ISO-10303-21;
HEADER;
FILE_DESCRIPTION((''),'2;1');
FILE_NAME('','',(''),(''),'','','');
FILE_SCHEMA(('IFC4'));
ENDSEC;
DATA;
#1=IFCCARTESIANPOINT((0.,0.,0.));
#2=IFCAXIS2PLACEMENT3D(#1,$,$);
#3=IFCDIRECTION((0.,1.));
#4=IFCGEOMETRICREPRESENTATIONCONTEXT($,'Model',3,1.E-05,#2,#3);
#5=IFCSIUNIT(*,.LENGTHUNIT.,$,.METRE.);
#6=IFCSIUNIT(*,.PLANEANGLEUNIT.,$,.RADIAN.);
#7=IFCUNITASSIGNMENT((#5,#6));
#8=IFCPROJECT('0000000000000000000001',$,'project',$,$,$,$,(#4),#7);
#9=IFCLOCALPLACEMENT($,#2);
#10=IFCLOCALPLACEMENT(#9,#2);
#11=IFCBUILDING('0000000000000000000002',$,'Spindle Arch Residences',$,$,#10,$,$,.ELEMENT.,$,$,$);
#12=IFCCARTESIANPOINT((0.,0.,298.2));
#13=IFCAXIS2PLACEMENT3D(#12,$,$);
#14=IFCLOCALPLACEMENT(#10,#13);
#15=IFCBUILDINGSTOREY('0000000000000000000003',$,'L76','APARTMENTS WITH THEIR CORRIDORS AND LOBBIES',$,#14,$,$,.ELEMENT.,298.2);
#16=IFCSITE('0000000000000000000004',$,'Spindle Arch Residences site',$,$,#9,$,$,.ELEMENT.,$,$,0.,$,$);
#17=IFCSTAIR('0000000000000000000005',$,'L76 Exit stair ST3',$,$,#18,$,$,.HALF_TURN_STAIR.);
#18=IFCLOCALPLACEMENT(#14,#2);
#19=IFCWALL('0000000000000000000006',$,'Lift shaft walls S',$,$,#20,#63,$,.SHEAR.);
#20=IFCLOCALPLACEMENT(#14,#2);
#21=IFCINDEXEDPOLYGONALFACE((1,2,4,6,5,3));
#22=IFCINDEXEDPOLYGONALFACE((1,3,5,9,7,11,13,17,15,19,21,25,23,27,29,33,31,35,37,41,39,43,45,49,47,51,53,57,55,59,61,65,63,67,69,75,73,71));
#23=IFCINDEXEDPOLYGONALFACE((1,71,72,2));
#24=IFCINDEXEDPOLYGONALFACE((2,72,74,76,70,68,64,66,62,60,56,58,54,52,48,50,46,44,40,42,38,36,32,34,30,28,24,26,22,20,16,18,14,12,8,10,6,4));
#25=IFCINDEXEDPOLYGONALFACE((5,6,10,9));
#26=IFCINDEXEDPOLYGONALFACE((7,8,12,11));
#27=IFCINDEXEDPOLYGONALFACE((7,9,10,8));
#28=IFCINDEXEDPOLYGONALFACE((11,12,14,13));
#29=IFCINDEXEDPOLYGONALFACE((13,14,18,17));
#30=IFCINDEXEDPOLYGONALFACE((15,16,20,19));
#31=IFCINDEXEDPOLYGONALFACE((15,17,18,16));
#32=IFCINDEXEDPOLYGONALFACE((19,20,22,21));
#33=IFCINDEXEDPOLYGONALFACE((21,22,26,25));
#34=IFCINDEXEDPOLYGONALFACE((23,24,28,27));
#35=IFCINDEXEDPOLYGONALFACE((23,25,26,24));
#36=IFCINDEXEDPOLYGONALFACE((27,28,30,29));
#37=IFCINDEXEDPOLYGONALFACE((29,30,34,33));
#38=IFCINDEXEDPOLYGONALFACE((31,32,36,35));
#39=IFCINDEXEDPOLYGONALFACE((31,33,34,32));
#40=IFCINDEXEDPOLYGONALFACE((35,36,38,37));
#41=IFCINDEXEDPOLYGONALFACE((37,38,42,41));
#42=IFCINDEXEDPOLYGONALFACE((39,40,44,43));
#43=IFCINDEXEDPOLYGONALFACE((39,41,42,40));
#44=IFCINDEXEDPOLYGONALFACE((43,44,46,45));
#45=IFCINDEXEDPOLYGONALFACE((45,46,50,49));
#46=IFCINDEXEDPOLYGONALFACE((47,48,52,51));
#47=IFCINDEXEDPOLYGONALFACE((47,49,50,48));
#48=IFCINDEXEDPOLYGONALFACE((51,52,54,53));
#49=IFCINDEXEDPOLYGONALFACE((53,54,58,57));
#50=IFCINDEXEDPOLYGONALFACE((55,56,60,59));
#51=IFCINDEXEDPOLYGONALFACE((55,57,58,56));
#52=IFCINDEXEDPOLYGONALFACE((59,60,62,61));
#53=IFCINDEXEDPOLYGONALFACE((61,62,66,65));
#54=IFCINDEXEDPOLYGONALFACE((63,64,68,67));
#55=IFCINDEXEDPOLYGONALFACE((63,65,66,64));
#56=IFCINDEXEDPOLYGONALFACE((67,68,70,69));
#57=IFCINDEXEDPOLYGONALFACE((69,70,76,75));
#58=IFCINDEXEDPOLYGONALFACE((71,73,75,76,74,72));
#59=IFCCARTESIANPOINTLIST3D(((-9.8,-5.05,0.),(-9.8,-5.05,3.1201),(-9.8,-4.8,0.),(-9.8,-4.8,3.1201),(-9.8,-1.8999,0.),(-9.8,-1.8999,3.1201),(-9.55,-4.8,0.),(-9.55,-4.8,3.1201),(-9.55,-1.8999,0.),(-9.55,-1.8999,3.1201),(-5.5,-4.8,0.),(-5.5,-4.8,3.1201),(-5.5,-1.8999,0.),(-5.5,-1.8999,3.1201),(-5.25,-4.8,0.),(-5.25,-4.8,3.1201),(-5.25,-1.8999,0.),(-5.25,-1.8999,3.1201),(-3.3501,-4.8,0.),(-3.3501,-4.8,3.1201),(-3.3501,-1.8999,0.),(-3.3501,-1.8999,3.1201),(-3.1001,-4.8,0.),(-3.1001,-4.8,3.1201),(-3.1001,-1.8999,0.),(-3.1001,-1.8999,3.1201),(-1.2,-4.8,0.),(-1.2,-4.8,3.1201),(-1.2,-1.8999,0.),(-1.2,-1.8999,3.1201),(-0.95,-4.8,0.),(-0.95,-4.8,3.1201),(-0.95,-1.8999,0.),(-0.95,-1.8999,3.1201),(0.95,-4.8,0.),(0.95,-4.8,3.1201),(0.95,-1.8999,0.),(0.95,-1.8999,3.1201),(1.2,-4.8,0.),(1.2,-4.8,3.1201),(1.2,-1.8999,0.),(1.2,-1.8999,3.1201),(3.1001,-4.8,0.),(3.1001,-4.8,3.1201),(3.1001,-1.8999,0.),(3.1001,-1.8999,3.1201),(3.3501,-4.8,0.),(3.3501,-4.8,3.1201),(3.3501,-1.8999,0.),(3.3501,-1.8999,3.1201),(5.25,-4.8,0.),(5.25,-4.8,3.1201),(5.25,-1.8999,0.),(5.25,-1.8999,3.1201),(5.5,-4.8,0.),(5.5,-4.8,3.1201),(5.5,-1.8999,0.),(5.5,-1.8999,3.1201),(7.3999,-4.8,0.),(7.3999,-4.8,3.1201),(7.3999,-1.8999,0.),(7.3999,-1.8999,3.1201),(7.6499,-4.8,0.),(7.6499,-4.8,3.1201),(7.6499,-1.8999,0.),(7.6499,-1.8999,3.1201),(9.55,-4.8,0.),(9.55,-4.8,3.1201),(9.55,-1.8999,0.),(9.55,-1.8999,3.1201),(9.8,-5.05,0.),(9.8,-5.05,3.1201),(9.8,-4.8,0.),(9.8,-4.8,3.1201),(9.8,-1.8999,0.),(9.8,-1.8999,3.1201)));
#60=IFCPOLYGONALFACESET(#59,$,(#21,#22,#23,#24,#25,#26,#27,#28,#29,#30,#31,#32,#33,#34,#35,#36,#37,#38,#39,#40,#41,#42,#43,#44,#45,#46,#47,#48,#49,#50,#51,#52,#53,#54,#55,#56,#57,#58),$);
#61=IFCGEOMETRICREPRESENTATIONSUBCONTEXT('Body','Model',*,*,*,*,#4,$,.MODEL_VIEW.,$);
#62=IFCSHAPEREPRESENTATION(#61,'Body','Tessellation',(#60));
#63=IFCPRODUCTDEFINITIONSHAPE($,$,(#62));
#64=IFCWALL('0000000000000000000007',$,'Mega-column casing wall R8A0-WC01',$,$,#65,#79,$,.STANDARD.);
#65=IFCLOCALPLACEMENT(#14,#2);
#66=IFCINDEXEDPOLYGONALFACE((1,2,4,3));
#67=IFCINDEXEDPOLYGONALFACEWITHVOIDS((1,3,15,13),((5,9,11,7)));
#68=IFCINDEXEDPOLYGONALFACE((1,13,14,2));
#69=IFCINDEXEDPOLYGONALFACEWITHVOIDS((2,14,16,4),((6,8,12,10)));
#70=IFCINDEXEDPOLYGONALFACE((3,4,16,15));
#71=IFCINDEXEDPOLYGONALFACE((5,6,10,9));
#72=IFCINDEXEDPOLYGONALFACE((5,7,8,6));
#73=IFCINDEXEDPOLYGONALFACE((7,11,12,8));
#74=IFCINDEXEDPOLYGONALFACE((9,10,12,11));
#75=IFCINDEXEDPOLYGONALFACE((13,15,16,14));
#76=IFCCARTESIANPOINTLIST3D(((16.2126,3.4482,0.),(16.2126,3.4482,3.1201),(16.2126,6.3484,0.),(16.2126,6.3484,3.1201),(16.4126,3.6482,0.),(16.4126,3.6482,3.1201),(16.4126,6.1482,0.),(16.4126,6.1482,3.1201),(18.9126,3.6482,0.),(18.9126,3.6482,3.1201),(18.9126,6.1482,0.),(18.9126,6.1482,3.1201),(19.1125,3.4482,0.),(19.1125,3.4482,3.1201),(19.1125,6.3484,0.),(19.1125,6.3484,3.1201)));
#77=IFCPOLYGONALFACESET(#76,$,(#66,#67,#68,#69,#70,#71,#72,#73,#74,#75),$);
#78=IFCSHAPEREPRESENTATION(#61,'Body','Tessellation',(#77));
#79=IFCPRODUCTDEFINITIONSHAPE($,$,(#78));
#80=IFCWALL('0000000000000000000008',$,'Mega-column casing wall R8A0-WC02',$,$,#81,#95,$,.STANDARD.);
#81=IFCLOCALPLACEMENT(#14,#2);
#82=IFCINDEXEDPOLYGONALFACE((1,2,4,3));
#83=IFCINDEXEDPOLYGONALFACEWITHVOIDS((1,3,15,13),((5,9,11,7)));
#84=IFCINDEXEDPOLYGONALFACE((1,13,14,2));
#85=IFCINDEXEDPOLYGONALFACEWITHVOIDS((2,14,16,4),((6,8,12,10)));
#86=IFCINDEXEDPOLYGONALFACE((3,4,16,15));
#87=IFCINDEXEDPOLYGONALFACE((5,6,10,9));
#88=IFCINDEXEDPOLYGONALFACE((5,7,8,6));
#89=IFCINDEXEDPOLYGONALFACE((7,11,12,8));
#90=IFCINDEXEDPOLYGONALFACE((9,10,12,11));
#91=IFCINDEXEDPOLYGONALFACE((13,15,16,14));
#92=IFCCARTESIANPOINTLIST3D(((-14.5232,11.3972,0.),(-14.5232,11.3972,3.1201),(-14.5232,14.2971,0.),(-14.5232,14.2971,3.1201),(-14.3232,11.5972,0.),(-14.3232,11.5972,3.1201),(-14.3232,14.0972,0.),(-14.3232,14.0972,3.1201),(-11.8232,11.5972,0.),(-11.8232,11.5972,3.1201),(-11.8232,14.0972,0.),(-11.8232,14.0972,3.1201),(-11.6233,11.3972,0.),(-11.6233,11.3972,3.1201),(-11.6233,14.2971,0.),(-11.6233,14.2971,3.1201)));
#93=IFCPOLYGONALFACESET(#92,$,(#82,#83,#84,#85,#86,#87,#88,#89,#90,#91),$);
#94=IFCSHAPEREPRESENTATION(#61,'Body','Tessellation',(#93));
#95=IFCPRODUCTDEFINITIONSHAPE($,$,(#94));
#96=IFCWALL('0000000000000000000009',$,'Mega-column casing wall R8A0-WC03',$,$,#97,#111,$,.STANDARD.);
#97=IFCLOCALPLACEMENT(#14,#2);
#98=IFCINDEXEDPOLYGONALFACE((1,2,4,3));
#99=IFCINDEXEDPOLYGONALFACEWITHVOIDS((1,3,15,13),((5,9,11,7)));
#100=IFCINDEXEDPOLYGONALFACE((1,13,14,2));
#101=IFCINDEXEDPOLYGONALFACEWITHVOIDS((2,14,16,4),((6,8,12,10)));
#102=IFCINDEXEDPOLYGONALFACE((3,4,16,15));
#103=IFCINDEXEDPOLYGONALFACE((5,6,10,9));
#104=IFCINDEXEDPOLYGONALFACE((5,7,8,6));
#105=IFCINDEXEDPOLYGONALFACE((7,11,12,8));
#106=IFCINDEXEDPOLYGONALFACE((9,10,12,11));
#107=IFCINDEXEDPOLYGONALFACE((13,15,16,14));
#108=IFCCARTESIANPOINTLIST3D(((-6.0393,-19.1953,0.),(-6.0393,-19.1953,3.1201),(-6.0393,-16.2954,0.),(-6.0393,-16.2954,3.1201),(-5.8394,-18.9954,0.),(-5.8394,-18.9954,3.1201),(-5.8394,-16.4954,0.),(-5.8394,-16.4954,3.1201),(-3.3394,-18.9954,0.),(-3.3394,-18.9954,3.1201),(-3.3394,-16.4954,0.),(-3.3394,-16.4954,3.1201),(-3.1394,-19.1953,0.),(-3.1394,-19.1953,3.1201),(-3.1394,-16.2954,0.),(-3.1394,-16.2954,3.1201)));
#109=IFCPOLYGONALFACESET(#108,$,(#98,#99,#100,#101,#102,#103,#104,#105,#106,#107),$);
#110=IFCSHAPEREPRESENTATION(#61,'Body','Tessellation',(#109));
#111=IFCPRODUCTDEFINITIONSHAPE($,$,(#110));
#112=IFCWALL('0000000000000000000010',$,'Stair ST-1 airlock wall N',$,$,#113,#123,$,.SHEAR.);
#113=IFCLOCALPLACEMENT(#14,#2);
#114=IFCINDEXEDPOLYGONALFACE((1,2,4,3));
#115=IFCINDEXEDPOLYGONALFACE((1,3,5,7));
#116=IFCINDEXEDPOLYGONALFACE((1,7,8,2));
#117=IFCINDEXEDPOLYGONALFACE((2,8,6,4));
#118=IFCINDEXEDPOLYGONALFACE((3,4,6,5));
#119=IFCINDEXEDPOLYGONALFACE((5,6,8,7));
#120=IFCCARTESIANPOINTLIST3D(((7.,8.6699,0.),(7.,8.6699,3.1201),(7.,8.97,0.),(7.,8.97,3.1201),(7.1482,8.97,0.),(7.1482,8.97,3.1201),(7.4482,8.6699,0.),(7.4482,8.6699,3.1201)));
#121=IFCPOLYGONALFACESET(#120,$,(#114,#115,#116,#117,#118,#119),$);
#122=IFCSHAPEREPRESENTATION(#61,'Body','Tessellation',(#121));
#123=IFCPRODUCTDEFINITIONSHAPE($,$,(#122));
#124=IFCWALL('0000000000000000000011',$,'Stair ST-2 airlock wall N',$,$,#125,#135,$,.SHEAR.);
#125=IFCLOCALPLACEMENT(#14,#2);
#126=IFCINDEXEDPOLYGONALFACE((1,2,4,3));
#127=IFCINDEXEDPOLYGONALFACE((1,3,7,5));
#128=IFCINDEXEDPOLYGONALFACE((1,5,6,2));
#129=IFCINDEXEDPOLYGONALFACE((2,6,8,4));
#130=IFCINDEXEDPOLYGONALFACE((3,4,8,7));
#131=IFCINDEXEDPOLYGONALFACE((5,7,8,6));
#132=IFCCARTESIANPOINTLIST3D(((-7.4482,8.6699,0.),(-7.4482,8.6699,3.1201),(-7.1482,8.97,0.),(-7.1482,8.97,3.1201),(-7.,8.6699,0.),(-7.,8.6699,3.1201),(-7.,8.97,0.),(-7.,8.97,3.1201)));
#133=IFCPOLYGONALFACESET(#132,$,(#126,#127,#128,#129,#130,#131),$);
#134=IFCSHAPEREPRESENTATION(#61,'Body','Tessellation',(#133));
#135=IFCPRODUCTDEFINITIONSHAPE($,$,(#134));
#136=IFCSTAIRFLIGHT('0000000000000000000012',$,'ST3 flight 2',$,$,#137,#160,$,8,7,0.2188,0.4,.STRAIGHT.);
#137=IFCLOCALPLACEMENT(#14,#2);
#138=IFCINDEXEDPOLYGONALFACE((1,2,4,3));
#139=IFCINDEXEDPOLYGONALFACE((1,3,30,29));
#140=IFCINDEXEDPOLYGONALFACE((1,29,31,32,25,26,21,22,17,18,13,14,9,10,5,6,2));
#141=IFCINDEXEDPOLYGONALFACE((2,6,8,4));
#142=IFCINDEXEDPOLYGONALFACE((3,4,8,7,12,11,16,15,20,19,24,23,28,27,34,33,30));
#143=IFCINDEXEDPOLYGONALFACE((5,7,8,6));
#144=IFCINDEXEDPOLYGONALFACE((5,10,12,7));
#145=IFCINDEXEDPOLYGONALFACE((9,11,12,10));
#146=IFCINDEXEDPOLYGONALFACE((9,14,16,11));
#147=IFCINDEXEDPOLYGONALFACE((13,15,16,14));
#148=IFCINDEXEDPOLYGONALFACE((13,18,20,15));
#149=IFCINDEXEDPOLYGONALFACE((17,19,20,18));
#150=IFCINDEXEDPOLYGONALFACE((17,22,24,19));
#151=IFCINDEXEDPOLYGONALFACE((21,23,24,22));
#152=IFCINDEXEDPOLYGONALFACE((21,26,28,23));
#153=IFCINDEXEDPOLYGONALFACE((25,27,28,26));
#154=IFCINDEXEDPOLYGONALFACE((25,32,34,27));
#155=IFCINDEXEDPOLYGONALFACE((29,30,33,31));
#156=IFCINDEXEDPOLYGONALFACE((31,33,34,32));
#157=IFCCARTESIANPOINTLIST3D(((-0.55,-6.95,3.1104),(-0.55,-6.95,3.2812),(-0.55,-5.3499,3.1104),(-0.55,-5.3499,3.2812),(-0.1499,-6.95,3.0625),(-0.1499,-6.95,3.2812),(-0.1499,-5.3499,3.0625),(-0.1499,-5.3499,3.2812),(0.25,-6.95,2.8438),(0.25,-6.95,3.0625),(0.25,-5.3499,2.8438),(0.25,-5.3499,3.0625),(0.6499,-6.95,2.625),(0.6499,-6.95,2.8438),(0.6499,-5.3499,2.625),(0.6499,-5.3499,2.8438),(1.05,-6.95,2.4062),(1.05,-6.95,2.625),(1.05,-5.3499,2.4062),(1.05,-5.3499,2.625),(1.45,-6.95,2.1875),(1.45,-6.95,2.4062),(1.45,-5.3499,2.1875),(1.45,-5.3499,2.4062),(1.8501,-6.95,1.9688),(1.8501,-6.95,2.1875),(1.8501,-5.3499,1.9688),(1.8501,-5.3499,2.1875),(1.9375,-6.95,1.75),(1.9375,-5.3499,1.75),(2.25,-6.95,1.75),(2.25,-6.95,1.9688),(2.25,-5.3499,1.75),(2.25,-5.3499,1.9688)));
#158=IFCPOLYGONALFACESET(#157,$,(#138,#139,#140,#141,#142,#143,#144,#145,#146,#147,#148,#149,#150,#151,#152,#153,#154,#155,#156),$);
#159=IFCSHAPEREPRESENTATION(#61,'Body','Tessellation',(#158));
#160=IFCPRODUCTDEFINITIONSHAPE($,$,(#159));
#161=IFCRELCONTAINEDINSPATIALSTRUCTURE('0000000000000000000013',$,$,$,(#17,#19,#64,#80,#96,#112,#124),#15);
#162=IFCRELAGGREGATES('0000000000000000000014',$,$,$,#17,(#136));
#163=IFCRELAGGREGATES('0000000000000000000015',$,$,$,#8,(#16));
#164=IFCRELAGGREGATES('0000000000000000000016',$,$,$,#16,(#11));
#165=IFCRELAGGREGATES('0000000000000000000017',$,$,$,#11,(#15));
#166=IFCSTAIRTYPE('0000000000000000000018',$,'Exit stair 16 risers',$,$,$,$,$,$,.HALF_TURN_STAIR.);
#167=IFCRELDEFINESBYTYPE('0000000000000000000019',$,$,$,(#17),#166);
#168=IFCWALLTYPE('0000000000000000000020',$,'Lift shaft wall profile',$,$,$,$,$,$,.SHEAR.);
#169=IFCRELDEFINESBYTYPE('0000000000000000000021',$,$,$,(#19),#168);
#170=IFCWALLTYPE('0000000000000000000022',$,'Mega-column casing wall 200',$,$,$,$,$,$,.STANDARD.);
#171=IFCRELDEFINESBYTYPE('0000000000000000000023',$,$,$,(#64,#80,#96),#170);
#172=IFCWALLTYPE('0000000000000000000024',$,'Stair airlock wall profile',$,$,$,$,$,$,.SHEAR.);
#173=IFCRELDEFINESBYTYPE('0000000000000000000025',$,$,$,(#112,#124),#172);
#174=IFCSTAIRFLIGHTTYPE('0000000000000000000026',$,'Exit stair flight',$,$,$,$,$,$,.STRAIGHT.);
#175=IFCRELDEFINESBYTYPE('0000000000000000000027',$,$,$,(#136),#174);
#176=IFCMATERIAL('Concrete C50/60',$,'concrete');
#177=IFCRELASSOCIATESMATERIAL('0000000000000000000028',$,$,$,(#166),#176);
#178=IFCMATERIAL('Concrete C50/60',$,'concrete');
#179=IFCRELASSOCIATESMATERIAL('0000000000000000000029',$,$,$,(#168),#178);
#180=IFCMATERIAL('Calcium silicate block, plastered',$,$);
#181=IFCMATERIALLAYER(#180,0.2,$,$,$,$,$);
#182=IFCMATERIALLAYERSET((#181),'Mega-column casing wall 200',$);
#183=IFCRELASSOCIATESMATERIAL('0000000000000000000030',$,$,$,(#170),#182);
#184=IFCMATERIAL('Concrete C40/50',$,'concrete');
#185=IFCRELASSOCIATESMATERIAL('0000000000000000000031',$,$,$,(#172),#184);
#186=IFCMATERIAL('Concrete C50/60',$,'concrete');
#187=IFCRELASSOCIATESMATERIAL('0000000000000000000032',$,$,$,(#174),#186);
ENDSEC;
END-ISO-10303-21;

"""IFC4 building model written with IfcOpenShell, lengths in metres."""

from ifc_helpers import new_model, si_unit, direction, frame, origin, place, context, subcontext, project, spatial, polyline, outline, extrude, material, layer, layer_set, type_object, element, aggregate, save


model = new_model("IFC4")

# Units and contexts
model_context = context("Model", 3, precision=1e-05, world=origin(), true_north=direction((0.0, 1.0)))
body_context = subcontext(model_context, "Body", "Model", "MODEL_VIEW")
ifc_project = project(units=[si_unit("LENGTHUNIT", "METRE"), si_unit("PLANEANGLEUNIT", "RADIAN")], contexts=[model_context])

# Site, building, storey
site_placement = place(None, origin())
site = spatial("IfcSite", under=ifc_project, at=site_placement, Name="Spindle Arch Residences site", CompositionType="ELEMENT", RefElevation=0.0)
building_placement = place(site_placement, origin())
building = spatial("IfcBuilding", under=site, at=building_placement, Name="Spindle Arch Residences", CompositionType="ELEMENT")
storey_placement = place(building_placement, frame((0.0, 0.0, 298.2)))
storey = spatial("IfcBuildingStorey", under=building, at=storey_placement, Name="L76", Description="APARTMENTS WITH THEIR CORRIDORS AND LOBBIES", CompositionType="ELEMENT", Elevation=298.2)

# Stair
ifc_material_1 = material(Name="Concrete C50/60", Category="concrete")
stair_type = type_object("IfcStairType", Name="Exit stair 16 risers", PredefinedType="HALF_TURN_STAIR", material=ifc_material_1)
stair_1_placement = place(storey_placement, origin())
stair_1 = element("IfcStair", 1, at=stair_1_placement, inside=storey, type_object=stair_type, Name="L76 Exit stair ST3", PredefinedType="HALF_TURN_STAIR")

# Walls
ifc_material_2 = material(Name="Concrete C50/60", Category="concrete")
wall_type_1 = type_object("IfcWallType", Name="Lift shaft wall profile", PredefinedType="SHEAR", material=ifc_material_2)
wall_1_placement = place(storey_placement, origin())
element("IfcWall", 2, at=wall_1_placement, inside=storey, type_object=wall_type_1, Name="Lift shaft walls S", PredefinedType="SHEAR", context=body_context, shape_type="SweptSolid", body=[
    extrude(outline(polyline([(9.8, -5.05), (9.8, -4.8), (9.8, -1.8999), (9.55, -1.8999), (9.55, -4.8), (7.6499, -4.8), (7.6499, -1.8999), (7.3999, -1.8999), (7.3999, -4.8), (5.5, -4.8), (5.5, -1.8999), (5.25, -1.8999), (5.25, -4.8), (3.3501, -4.8), (3.3501, -1.8999), (3.1001, -1.8999), (3.1001, -4.8), (1.2, -4.8), (1.2, -1.8999), (0.95, -1.8999), (0.95, -4.8), (-0.95, -4.8), (-0.95, -1.8999), (-1.2, -1.8999), (-1.2, -4.8), (-3.1001, -4.8), (-3.1001, -1.8999), (-3.3501, -1.8999), (-3.3501, -4.8), (-5.25, -4.8), (-5.25, -1.8999), (-5.5, -1.8999), (-5.5, -4.8), (-9.55, -4.8), (-9.55, -1.8999), (-9.8, -1.8999), (-9.8, -4.8), (-9.8, -5.05), (9.8, -5.05)])), origin(), (0.0, 0.0, 1.0), 3.1201),
])
ifc_material_3 = material(Name="Calcium silicate block, plastered")
ifc_layer_1 = layer(ifc_material_3, 0.2)
ifc_layer_set_1 = layer_set([ifc_layer_1], Name="Mega-column casing wall 200")
wall_type_2 = type_object("IfcWallType", Name="Mega-column casing wall 200", PredefinedType="STANDARD", material=ifc_layer_set_1)
wall_2_placement = place(storey_placement, origin())
element("IfcWall", 3, at=wall_2_placement, inside=storey, type_object=wall_type_2, Name="Mega-column casing wall R8A0-WC01", PredefinedType="STANDARD", context=body_context, shape_type="SweptSolid", body=[
    extrude(outline(polyline([(19.1125, 6.3484), (19.1125, 3.4482), (16.2126, 3.4482), (16.2126, 6.3484), (19.1125, 6.3484)]), holes=[polyline([(16.4126, 3.6482), (18.9126, 3.6482), (18.9126, 6.1482), (16.4126, 6.1482), (16.4126, 3.6482)])]), origin(), (0.0, 0.0, 1.0), 3.1201),
])
wall_3_placement = place(storey_placement, origin())
element("IfcWall", 4, at=wall_3_placement, inside=storey, type_object=wall_type_2, Name="Mega-column casing wall R8A0-WC02", PredefinedType="STANDARD", context=body_context, shape_type="SweptSolid", body=[
    extrude(outline(polyline([(-11.6233, 14.2971), (-11.6233, 11.3972), (-14.5232, 11.3972), (-14.5232, 14.2971), (-11.6233, 14.2971)]), holes=[polyline([(-14.3232, 11.5972), (-11.8232, 11.5972), (-11.8232, 14.0972), (-14.3232, 14.0972), (-14.3232, 11.5972)])]), origin(), (0.0, 0.0, 1.0), 3.1201),
])
wall_4_placement = place(storey_placement, origin())
element("IfcWall", 5, at=wall_4_placement, inside=storey, type_object=wall_type_2, Name="Mega-column casing wall R8A0-WC03", PredefinedType="STANDARD", context=body_context, shape_type="SweptSolid", body=[
    extrude(outline(polyline([(-3.1394, -16.2954), (-3.1394, -19.1953), (-6.0393, -19.1953), (-6.0393, -16.2954), (-3.1394, -16.2954)]), holes=[polyline([(-5.8394, -18.9954), (-3.3394, -18.9954), (-3.3394, -16.4954), (-5.8394, -16.4954), (-5.8394, -18.9954)])]), origin(), (0.0, 0.0, 1.0), 3.1201),
])
ifc_material_4 = material(Name="Concrete C40/50", Category="concrete")
wall_type_3 = type_object("IfcWallType", Name="Stair airlock wall profile", PredefinedType="SHEAR", material=ifc_material_4)
wall_5_placement = place(storey_placement, origin())
element("IfcWall", 6, at=wall_5_placement, inside=storey, type_object=wall_type_3, Name="Stair ST-1 airlock wall N", PredefinedType="SHEAR", context=body_context, shape_type="SweptSolid", body=[
    extrude(outline(polyline([(7.4482, 8.6699), (7.0, 8.6699), (7.0, 8.97), (7.1482, 8.97), (7.4482, 8.6699)])), origin(), (0.0, 0.0, 1.0), 3.1201),
])
wall_6_placement = place(storey_placement, origin())
element("IfcWall", 7, at=wall_6_placement, inside=storey, type_object=wall_type_3, Name="Stair ST-2 airlock wall N", PredefinedType="SHEAR", context=body_context, shape_type="SweptSolid", body=[
    extrude(outline(polyline([(-7.1482, 8.97), (-7.0, 8.97), (-7.0, 8.6699), (-7.4482, 8.6699), (-7.1482, 8.97)])), origin(), (0.0, 0.0, 1.0), 3.1201),
])

# Stair flight
ifc_material_5 = material(Name="Concrete C50/60", Category="concrete")
stair_flight_type = type_object("IfcStairFlightType", Name="Exit stair flight", PredefinedType="STRAIGHT", material=ifc_material_5)
stair_flight_placement = place(storey_placement, frame((2.25, -6.1499, 1.75), z_axis=(0.0, 0.0, 1.0), x_axis=(-1.0, 0.0, 0.0)))
stair_flight = element("IfcStairFlight", 8, at=stair_flight_placement, type_object=stair_flight_type, Name="ST3 flight 2", NumberOfRisers=8, NumberOfTreads=7, PredefinedType="STRAIGHT", RiserHeight=0.2188, TreadLength=0.4, context=body_context, shape_type="SweptSolid", body=[
    extrude(outline(polyline([(0.0, 0.0), (0.0, 0.2188), (0.3999, 0.2188), (0.3999, 0.4375), (0.8, 0.4375), (0.8, 0.6562), (1.2, 0.6562), (1.2, 0.875), (1.6001, 0.875), (1.6001, 1.0938), (2.0, 1.0938), (2.0, 1.3125), (2.3999, 1.3125), (2.3999, 1.5312), (2.8, 1.5312), (2.8, 1.75), (2.8, 1.3604), (0.3125, 0.0), (0.0, 0.0)])), frame((0.0, 0.8, 0.0), z_axis=(0.0, -1.0, 0.0), x_axis=(1.0, 0.0, 0.0)), (0.0, 0.0, 1.0), 1.6001),
])
aggregate(stair_1, [stair_flight])

save(model, "model.ifc")
